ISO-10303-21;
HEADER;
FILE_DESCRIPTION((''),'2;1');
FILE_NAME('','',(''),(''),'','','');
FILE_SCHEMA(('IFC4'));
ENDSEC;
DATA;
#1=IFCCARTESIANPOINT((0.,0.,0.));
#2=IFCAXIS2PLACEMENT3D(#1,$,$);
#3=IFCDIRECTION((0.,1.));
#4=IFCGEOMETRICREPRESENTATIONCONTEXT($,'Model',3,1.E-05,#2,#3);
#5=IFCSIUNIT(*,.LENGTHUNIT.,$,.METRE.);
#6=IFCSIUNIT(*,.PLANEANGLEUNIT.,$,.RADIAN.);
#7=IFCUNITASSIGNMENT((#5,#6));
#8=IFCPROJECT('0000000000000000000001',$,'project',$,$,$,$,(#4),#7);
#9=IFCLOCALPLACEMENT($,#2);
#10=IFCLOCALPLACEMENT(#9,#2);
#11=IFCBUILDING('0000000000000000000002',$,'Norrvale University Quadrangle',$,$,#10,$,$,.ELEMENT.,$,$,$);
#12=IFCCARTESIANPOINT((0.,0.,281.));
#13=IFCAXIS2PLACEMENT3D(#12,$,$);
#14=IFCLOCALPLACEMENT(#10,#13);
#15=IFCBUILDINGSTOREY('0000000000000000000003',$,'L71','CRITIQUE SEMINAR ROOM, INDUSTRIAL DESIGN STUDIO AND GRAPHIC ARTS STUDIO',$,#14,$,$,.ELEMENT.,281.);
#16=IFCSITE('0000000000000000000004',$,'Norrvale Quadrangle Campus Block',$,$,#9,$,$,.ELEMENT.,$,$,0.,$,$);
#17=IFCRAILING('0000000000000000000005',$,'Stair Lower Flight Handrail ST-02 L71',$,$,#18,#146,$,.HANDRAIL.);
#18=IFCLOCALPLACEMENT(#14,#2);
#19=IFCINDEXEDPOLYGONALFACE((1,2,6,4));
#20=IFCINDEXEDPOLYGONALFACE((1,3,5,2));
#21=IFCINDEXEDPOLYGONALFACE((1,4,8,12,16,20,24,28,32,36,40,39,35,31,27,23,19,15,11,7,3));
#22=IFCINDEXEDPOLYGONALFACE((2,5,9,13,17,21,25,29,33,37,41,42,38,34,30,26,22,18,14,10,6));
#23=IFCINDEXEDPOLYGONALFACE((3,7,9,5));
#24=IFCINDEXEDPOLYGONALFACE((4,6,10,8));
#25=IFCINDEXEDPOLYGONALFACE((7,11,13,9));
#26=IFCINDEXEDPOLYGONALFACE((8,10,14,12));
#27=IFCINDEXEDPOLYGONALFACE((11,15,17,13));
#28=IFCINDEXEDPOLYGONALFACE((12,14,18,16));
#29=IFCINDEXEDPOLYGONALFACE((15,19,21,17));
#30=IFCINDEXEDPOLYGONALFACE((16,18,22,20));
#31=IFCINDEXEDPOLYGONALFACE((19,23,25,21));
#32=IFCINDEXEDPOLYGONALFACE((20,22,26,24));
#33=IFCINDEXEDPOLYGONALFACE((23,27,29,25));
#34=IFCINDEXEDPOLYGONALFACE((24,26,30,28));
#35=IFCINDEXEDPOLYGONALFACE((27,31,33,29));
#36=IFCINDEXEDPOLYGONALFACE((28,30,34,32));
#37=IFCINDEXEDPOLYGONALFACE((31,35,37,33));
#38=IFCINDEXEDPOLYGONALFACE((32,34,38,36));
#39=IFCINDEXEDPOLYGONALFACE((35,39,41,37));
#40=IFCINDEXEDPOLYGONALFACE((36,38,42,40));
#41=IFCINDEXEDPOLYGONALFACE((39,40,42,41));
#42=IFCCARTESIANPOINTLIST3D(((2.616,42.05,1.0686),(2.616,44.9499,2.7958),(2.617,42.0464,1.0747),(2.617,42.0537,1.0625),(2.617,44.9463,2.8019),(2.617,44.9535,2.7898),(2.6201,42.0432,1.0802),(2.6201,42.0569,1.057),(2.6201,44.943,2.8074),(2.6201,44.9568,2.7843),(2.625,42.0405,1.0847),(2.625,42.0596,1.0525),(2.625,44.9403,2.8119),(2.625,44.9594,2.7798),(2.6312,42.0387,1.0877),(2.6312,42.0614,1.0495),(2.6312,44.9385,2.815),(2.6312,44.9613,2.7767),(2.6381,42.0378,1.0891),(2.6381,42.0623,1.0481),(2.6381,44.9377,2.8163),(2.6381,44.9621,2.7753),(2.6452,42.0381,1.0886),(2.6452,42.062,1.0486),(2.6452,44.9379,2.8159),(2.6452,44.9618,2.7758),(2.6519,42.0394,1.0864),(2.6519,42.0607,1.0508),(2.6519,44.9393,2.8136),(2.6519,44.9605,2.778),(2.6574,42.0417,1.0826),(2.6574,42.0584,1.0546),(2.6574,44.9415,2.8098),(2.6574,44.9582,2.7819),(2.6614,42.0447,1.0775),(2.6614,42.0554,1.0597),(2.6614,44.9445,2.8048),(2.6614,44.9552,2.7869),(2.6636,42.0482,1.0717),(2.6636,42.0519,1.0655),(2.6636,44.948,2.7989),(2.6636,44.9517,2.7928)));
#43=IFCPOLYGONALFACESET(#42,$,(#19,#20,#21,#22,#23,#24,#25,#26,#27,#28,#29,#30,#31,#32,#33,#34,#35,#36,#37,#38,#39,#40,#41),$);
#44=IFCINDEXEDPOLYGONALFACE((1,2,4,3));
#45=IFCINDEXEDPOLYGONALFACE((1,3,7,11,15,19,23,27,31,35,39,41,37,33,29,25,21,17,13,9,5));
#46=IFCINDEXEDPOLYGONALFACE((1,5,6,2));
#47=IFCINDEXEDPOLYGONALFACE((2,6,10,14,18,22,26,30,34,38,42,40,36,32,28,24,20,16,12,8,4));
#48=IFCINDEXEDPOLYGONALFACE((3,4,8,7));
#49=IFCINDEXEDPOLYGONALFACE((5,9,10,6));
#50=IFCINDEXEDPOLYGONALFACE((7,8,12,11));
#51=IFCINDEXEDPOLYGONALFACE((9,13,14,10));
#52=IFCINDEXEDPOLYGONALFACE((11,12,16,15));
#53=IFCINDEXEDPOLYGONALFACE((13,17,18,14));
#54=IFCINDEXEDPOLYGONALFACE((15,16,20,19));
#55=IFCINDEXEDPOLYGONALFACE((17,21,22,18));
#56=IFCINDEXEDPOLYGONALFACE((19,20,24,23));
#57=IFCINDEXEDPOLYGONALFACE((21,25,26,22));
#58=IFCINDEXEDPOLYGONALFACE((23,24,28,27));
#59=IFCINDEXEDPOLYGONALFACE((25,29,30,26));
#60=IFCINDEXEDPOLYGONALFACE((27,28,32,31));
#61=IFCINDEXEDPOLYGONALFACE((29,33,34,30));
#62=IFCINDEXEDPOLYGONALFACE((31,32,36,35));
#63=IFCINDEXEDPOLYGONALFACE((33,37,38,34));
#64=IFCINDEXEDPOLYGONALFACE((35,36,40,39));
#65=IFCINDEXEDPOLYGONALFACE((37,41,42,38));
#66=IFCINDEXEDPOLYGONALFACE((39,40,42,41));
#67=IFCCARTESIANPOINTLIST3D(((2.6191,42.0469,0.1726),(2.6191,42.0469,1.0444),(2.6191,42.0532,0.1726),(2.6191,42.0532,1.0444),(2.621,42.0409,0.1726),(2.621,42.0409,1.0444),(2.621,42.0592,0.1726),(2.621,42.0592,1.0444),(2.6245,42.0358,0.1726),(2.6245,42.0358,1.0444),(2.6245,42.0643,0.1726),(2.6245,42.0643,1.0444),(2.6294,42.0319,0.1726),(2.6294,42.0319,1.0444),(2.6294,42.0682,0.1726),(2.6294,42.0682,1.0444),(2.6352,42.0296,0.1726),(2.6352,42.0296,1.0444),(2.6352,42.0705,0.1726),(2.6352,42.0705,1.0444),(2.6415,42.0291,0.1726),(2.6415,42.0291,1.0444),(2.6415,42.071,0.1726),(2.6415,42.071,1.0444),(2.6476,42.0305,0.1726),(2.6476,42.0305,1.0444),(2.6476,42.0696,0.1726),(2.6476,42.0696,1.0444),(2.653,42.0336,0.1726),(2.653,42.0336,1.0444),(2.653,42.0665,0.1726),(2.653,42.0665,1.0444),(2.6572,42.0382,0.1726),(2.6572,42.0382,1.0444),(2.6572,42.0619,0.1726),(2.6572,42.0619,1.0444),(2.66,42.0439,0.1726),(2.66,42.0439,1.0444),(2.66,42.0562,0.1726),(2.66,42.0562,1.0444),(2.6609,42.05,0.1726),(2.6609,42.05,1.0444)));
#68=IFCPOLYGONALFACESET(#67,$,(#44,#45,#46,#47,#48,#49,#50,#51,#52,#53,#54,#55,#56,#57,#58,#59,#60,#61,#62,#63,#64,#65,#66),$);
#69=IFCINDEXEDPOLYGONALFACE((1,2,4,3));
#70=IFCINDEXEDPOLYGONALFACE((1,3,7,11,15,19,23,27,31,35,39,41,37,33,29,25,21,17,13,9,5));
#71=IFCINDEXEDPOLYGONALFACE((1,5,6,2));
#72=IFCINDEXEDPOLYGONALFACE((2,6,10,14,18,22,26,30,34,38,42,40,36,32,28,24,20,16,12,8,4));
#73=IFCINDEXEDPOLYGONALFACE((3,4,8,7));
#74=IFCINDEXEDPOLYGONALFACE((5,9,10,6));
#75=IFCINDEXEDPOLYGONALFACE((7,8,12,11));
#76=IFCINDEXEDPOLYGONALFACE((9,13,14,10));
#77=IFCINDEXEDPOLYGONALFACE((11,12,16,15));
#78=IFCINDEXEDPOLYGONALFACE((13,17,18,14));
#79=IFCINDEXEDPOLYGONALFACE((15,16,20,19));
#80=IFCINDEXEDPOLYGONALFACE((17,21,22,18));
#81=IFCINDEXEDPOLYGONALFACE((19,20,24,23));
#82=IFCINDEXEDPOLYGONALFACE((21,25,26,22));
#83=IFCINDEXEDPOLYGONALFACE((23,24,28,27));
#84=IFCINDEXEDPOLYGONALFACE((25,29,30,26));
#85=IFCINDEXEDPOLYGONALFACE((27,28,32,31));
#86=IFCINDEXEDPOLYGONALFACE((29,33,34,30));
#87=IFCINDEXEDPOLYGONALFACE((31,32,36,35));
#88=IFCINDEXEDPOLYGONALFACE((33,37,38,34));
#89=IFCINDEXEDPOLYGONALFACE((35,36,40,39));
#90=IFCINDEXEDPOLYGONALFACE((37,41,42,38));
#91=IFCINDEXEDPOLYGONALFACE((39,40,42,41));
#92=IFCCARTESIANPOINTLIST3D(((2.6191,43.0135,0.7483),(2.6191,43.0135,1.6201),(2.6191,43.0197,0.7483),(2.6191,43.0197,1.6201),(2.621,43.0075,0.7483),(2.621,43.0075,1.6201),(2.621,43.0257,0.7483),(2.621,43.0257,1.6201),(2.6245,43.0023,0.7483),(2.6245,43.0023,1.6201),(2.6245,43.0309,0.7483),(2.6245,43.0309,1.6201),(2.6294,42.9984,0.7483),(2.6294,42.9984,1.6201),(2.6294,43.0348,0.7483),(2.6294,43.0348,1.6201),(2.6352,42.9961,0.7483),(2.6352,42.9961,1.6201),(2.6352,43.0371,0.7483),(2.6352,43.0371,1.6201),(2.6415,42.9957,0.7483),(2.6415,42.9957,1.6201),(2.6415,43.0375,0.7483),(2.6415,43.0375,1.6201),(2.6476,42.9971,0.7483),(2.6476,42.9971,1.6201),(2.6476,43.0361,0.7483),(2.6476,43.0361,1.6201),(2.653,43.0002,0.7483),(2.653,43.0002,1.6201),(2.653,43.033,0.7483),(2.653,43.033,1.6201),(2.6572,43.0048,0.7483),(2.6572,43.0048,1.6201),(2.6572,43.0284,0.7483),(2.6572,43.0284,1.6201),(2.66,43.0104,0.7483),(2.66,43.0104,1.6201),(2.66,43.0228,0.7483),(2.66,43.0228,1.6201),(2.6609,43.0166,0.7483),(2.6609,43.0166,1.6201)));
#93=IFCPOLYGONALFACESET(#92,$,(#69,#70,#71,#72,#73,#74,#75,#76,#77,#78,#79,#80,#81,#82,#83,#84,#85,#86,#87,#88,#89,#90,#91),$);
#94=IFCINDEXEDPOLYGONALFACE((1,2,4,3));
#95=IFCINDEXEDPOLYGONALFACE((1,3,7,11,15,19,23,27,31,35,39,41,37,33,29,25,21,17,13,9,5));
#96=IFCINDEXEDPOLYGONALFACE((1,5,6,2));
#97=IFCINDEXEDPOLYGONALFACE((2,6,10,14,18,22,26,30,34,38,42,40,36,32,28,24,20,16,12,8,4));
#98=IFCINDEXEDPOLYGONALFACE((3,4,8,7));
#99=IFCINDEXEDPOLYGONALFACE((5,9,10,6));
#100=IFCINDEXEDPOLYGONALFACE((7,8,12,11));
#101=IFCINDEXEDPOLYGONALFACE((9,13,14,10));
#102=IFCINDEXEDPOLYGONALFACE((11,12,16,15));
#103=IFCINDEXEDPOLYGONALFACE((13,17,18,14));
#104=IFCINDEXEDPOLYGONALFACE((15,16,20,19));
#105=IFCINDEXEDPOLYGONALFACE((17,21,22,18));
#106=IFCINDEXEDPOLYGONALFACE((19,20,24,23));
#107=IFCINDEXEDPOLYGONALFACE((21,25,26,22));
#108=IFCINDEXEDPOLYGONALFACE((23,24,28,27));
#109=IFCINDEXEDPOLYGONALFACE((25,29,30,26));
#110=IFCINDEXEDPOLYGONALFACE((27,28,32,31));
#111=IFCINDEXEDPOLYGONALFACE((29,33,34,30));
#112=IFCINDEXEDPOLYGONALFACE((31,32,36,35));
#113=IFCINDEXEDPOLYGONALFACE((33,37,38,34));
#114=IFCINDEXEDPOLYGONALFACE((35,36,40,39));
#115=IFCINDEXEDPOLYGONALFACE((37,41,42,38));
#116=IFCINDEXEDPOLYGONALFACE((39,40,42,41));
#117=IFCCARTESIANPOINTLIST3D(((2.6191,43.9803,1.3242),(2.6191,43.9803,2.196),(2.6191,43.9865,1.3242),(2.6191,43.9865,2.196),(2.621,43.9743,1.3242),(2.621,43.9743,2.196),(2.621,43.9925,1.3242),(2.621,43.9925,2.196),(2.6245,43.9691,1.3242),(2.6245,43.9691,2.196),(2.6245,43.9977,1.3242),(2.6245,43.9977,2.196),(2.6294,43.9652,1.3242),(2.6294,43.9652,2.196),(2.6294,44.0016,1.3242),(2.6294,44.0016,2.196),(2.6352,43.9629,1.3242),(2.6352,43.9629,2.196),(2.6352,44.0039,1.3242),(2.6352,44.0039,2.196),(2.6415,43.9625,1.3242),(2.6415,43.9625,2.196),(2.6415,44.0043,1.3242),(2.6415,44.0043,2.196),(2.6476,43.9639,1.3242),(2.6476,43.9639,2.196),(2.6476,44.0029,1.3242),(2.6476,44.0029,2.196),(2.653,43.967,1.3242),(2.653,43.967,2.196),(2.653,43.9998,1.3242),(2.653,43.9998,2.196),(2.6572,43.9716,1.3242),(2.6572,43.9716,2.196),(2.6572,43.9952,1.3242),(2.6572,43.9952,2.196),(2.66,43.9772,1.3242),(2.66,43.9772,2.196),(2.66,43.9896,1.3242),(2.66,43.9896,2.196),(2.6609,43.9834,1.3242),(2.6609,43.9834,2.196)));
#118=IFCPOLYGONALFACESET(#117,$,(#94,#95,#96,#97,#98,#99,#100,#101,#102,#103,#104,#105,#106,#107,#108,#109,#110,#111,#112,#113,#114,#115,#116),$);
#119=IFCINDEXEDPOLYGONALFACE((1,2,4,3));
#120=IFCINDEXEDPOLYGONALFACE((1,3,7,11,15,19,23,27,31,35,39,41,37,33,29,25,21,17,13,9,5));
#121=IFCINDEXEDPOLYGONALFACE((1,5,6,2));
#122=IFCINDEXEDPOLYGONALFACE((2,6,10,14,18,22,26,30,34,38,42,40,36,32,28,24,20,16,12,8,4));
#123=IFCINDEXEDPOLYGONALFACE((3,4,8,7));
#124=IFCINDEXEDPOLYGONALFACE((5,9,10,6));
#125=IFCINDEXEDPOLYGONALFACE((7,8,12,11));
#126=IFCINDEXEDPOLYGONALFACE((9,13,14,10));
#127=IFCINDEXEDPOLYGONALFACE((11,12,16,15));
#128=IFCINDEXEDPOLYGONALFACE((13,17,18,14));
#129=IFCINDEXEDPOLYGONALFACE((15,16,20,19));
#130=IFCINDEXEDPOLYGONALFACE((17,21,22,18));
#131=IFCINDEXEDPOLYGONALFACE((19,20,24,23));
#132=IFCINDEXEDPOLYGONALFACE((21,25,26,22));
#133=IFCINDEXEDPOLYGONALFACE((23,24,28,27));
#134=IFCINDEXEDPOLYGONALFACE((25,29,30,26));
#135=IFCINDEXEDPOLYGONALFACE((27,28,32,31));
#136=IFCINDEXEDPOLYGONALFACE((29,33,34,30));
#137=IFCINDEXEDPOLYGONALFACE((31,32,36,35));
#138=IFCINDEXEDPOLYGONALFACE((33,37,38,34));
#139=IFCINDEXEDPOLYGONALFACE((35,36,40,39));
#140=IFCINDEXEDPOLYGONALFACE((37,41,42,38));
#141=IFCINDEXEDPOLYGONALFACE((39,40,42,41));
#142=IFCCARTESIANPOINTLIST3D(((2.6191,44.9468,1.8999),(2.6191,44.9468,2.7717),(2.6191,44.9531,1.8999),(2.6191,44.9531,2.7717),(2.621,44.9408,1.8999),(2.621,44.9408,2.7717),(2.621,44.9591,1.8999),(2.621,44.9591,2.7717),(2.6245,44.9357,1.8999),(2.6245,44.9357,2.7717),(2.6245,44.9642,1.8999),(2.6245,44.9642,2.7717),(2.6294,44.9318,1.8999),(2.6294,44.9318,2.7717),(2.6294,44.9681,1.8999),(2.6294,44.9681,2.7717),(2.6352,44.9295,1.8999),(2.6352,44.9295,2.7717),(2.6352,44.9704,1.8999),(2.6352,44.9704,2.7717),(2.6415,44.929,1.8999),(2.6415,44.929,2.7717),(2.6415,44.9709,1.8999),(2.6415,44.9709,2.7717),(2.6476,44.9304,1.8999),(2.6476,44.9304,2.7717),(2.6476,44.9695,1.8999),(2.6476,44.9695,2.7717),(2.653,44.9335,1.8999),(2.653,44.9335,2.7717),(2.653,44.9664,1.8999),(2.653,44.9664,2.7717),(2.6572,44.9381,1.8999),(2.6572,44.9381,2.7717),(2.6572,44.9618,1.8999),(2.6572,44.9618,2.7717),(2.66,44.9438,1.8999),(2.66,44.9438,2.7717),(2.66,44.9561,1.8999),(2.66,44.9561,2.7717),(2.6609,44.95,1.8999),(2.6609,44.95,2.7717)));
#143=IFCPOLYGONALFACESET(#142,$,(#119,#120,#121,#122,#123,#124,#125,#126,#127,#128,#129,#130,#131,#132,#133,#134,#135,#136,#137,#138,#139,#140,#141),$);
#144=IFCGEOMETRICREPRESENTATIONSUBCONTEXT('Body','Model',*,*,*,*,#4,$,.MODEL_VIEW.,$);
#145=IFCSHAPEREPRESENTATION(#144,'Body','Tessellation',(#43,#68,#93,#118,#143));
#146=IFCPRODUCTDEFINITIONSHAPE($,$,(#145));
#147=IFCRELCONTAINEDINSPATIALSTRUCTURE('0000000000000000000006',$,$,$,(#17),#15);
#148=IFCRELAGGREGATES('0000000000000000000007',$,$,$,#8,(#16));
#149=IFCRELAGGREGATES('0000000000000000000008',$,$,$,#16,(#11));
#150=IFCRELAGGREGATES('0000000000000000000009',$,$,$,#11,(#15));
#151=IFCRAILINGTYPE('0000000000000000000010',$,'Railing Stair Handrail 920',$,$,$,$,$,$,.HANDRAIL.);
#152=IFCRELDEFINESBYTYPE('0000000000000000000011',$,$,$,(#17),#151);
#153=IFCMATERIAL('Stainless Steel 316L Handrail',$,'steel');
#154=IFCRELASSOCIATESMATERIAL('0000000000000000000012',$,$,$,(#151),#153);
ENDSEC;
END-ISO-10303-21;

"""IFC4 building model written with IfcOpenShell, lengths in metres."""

from ifc_helpers import new_model, si_unit, direction, frame, origin, origin_2d, place, context, subcontext, project, spatial, circle, extrude, material, type_object, element, save


model = new_model("IFC4")

# Units and contexts
model_context = context("Model", 3, precision=1e-05, world=origin(), true_north=direction((0.0, 1.0)))
body_context = subcontext(model_context, "Body", "Model", "MODEL_VIEW")
ifc_project = project(units=[si_unit("LENGTHUNIT", "METRE"), si_unit("PLANEANGLEUNIT", "RADIAN")], contexts=[model_context])

# Site, building, storey
site_placement = place(None, origin())
site = spatial("IfcSite", under=ifc_project, at=site_placement, Name="Norrvale Quadrangle Campus Block", CompositionType="ELEMENT", RefElevation=0.0)
building_placement = place(site_placement, origin())
building = spatial("IfcBuilding", under=site, at=building_placement, Name="Norrvale University Quadrangle", CompositionType="ELEMENT")
storey_placement = place(building_placement, frame((0.0, 0.0, 281.0)))
storey = spatial("IfcBuildingStorey", under=building, at=storey_placement, Name="L71", Description="CRITIQUE SEMINAR ROOM, INDUSTRIAL DESIGN STUDIO AND GRAPHIC ARTS STUDIO", CompositionType="ELEMENT", Elevation=281.0)

# Railing
ifc_material_1 = material(Name="Stainless Steel 316L Handrail", Category="steel")
railing_type_1 = type_object("IfcRailingType", Name="Railing Stair Handrail 920", PredefinedType="HANDRAIL", material=ifc_material_1)
railing_1_placement = place(storey_placement, frame((2.6399, 42.05, 0.1726)))
element("IfcRailing", 1, at=railing_1_placement, inside=storey, type_object=railing_type_1, Name="Stair Lower Flight Handrail ST-02 L71", PredefinedType="HANDRAIL", context=body_context, shape_type="SweptSolid", body=[
    extrude(circle(Radius=0.0239, at=origin_2d()), frame((0.0, 0.0, 0.896), z_axis=(0.0, 0.859141, 0.511738), x_axis=(-1.0, 0.0, 0.0)), (0.0, 0.0, 1.0), 3.3752),
    extrude(circle(Radius=0.021, at=origin_2d()), origin(), (0.0, 0.0, 1.0), 0.8718),
    extrude(circle(Radius=0.021, at=origin_2d()), frame((0.0, 0.9666, 0.5757)), (0.0, 0.0, 1.0), 0.8718),
    extrude(circle(Radius=0.021, at=origin_2d()), frame((0.0, 1.9333, 1.1516)), (0.0, 0.0, 1.0), 0.8718),
    extrude(circle(Radius=0.021, at=origin_2d()), frame((0.0, 2.8999, 1.7273)), (0.0, 0.0, 1.0), 0.8718),
])

save(model, "model.ifc")
